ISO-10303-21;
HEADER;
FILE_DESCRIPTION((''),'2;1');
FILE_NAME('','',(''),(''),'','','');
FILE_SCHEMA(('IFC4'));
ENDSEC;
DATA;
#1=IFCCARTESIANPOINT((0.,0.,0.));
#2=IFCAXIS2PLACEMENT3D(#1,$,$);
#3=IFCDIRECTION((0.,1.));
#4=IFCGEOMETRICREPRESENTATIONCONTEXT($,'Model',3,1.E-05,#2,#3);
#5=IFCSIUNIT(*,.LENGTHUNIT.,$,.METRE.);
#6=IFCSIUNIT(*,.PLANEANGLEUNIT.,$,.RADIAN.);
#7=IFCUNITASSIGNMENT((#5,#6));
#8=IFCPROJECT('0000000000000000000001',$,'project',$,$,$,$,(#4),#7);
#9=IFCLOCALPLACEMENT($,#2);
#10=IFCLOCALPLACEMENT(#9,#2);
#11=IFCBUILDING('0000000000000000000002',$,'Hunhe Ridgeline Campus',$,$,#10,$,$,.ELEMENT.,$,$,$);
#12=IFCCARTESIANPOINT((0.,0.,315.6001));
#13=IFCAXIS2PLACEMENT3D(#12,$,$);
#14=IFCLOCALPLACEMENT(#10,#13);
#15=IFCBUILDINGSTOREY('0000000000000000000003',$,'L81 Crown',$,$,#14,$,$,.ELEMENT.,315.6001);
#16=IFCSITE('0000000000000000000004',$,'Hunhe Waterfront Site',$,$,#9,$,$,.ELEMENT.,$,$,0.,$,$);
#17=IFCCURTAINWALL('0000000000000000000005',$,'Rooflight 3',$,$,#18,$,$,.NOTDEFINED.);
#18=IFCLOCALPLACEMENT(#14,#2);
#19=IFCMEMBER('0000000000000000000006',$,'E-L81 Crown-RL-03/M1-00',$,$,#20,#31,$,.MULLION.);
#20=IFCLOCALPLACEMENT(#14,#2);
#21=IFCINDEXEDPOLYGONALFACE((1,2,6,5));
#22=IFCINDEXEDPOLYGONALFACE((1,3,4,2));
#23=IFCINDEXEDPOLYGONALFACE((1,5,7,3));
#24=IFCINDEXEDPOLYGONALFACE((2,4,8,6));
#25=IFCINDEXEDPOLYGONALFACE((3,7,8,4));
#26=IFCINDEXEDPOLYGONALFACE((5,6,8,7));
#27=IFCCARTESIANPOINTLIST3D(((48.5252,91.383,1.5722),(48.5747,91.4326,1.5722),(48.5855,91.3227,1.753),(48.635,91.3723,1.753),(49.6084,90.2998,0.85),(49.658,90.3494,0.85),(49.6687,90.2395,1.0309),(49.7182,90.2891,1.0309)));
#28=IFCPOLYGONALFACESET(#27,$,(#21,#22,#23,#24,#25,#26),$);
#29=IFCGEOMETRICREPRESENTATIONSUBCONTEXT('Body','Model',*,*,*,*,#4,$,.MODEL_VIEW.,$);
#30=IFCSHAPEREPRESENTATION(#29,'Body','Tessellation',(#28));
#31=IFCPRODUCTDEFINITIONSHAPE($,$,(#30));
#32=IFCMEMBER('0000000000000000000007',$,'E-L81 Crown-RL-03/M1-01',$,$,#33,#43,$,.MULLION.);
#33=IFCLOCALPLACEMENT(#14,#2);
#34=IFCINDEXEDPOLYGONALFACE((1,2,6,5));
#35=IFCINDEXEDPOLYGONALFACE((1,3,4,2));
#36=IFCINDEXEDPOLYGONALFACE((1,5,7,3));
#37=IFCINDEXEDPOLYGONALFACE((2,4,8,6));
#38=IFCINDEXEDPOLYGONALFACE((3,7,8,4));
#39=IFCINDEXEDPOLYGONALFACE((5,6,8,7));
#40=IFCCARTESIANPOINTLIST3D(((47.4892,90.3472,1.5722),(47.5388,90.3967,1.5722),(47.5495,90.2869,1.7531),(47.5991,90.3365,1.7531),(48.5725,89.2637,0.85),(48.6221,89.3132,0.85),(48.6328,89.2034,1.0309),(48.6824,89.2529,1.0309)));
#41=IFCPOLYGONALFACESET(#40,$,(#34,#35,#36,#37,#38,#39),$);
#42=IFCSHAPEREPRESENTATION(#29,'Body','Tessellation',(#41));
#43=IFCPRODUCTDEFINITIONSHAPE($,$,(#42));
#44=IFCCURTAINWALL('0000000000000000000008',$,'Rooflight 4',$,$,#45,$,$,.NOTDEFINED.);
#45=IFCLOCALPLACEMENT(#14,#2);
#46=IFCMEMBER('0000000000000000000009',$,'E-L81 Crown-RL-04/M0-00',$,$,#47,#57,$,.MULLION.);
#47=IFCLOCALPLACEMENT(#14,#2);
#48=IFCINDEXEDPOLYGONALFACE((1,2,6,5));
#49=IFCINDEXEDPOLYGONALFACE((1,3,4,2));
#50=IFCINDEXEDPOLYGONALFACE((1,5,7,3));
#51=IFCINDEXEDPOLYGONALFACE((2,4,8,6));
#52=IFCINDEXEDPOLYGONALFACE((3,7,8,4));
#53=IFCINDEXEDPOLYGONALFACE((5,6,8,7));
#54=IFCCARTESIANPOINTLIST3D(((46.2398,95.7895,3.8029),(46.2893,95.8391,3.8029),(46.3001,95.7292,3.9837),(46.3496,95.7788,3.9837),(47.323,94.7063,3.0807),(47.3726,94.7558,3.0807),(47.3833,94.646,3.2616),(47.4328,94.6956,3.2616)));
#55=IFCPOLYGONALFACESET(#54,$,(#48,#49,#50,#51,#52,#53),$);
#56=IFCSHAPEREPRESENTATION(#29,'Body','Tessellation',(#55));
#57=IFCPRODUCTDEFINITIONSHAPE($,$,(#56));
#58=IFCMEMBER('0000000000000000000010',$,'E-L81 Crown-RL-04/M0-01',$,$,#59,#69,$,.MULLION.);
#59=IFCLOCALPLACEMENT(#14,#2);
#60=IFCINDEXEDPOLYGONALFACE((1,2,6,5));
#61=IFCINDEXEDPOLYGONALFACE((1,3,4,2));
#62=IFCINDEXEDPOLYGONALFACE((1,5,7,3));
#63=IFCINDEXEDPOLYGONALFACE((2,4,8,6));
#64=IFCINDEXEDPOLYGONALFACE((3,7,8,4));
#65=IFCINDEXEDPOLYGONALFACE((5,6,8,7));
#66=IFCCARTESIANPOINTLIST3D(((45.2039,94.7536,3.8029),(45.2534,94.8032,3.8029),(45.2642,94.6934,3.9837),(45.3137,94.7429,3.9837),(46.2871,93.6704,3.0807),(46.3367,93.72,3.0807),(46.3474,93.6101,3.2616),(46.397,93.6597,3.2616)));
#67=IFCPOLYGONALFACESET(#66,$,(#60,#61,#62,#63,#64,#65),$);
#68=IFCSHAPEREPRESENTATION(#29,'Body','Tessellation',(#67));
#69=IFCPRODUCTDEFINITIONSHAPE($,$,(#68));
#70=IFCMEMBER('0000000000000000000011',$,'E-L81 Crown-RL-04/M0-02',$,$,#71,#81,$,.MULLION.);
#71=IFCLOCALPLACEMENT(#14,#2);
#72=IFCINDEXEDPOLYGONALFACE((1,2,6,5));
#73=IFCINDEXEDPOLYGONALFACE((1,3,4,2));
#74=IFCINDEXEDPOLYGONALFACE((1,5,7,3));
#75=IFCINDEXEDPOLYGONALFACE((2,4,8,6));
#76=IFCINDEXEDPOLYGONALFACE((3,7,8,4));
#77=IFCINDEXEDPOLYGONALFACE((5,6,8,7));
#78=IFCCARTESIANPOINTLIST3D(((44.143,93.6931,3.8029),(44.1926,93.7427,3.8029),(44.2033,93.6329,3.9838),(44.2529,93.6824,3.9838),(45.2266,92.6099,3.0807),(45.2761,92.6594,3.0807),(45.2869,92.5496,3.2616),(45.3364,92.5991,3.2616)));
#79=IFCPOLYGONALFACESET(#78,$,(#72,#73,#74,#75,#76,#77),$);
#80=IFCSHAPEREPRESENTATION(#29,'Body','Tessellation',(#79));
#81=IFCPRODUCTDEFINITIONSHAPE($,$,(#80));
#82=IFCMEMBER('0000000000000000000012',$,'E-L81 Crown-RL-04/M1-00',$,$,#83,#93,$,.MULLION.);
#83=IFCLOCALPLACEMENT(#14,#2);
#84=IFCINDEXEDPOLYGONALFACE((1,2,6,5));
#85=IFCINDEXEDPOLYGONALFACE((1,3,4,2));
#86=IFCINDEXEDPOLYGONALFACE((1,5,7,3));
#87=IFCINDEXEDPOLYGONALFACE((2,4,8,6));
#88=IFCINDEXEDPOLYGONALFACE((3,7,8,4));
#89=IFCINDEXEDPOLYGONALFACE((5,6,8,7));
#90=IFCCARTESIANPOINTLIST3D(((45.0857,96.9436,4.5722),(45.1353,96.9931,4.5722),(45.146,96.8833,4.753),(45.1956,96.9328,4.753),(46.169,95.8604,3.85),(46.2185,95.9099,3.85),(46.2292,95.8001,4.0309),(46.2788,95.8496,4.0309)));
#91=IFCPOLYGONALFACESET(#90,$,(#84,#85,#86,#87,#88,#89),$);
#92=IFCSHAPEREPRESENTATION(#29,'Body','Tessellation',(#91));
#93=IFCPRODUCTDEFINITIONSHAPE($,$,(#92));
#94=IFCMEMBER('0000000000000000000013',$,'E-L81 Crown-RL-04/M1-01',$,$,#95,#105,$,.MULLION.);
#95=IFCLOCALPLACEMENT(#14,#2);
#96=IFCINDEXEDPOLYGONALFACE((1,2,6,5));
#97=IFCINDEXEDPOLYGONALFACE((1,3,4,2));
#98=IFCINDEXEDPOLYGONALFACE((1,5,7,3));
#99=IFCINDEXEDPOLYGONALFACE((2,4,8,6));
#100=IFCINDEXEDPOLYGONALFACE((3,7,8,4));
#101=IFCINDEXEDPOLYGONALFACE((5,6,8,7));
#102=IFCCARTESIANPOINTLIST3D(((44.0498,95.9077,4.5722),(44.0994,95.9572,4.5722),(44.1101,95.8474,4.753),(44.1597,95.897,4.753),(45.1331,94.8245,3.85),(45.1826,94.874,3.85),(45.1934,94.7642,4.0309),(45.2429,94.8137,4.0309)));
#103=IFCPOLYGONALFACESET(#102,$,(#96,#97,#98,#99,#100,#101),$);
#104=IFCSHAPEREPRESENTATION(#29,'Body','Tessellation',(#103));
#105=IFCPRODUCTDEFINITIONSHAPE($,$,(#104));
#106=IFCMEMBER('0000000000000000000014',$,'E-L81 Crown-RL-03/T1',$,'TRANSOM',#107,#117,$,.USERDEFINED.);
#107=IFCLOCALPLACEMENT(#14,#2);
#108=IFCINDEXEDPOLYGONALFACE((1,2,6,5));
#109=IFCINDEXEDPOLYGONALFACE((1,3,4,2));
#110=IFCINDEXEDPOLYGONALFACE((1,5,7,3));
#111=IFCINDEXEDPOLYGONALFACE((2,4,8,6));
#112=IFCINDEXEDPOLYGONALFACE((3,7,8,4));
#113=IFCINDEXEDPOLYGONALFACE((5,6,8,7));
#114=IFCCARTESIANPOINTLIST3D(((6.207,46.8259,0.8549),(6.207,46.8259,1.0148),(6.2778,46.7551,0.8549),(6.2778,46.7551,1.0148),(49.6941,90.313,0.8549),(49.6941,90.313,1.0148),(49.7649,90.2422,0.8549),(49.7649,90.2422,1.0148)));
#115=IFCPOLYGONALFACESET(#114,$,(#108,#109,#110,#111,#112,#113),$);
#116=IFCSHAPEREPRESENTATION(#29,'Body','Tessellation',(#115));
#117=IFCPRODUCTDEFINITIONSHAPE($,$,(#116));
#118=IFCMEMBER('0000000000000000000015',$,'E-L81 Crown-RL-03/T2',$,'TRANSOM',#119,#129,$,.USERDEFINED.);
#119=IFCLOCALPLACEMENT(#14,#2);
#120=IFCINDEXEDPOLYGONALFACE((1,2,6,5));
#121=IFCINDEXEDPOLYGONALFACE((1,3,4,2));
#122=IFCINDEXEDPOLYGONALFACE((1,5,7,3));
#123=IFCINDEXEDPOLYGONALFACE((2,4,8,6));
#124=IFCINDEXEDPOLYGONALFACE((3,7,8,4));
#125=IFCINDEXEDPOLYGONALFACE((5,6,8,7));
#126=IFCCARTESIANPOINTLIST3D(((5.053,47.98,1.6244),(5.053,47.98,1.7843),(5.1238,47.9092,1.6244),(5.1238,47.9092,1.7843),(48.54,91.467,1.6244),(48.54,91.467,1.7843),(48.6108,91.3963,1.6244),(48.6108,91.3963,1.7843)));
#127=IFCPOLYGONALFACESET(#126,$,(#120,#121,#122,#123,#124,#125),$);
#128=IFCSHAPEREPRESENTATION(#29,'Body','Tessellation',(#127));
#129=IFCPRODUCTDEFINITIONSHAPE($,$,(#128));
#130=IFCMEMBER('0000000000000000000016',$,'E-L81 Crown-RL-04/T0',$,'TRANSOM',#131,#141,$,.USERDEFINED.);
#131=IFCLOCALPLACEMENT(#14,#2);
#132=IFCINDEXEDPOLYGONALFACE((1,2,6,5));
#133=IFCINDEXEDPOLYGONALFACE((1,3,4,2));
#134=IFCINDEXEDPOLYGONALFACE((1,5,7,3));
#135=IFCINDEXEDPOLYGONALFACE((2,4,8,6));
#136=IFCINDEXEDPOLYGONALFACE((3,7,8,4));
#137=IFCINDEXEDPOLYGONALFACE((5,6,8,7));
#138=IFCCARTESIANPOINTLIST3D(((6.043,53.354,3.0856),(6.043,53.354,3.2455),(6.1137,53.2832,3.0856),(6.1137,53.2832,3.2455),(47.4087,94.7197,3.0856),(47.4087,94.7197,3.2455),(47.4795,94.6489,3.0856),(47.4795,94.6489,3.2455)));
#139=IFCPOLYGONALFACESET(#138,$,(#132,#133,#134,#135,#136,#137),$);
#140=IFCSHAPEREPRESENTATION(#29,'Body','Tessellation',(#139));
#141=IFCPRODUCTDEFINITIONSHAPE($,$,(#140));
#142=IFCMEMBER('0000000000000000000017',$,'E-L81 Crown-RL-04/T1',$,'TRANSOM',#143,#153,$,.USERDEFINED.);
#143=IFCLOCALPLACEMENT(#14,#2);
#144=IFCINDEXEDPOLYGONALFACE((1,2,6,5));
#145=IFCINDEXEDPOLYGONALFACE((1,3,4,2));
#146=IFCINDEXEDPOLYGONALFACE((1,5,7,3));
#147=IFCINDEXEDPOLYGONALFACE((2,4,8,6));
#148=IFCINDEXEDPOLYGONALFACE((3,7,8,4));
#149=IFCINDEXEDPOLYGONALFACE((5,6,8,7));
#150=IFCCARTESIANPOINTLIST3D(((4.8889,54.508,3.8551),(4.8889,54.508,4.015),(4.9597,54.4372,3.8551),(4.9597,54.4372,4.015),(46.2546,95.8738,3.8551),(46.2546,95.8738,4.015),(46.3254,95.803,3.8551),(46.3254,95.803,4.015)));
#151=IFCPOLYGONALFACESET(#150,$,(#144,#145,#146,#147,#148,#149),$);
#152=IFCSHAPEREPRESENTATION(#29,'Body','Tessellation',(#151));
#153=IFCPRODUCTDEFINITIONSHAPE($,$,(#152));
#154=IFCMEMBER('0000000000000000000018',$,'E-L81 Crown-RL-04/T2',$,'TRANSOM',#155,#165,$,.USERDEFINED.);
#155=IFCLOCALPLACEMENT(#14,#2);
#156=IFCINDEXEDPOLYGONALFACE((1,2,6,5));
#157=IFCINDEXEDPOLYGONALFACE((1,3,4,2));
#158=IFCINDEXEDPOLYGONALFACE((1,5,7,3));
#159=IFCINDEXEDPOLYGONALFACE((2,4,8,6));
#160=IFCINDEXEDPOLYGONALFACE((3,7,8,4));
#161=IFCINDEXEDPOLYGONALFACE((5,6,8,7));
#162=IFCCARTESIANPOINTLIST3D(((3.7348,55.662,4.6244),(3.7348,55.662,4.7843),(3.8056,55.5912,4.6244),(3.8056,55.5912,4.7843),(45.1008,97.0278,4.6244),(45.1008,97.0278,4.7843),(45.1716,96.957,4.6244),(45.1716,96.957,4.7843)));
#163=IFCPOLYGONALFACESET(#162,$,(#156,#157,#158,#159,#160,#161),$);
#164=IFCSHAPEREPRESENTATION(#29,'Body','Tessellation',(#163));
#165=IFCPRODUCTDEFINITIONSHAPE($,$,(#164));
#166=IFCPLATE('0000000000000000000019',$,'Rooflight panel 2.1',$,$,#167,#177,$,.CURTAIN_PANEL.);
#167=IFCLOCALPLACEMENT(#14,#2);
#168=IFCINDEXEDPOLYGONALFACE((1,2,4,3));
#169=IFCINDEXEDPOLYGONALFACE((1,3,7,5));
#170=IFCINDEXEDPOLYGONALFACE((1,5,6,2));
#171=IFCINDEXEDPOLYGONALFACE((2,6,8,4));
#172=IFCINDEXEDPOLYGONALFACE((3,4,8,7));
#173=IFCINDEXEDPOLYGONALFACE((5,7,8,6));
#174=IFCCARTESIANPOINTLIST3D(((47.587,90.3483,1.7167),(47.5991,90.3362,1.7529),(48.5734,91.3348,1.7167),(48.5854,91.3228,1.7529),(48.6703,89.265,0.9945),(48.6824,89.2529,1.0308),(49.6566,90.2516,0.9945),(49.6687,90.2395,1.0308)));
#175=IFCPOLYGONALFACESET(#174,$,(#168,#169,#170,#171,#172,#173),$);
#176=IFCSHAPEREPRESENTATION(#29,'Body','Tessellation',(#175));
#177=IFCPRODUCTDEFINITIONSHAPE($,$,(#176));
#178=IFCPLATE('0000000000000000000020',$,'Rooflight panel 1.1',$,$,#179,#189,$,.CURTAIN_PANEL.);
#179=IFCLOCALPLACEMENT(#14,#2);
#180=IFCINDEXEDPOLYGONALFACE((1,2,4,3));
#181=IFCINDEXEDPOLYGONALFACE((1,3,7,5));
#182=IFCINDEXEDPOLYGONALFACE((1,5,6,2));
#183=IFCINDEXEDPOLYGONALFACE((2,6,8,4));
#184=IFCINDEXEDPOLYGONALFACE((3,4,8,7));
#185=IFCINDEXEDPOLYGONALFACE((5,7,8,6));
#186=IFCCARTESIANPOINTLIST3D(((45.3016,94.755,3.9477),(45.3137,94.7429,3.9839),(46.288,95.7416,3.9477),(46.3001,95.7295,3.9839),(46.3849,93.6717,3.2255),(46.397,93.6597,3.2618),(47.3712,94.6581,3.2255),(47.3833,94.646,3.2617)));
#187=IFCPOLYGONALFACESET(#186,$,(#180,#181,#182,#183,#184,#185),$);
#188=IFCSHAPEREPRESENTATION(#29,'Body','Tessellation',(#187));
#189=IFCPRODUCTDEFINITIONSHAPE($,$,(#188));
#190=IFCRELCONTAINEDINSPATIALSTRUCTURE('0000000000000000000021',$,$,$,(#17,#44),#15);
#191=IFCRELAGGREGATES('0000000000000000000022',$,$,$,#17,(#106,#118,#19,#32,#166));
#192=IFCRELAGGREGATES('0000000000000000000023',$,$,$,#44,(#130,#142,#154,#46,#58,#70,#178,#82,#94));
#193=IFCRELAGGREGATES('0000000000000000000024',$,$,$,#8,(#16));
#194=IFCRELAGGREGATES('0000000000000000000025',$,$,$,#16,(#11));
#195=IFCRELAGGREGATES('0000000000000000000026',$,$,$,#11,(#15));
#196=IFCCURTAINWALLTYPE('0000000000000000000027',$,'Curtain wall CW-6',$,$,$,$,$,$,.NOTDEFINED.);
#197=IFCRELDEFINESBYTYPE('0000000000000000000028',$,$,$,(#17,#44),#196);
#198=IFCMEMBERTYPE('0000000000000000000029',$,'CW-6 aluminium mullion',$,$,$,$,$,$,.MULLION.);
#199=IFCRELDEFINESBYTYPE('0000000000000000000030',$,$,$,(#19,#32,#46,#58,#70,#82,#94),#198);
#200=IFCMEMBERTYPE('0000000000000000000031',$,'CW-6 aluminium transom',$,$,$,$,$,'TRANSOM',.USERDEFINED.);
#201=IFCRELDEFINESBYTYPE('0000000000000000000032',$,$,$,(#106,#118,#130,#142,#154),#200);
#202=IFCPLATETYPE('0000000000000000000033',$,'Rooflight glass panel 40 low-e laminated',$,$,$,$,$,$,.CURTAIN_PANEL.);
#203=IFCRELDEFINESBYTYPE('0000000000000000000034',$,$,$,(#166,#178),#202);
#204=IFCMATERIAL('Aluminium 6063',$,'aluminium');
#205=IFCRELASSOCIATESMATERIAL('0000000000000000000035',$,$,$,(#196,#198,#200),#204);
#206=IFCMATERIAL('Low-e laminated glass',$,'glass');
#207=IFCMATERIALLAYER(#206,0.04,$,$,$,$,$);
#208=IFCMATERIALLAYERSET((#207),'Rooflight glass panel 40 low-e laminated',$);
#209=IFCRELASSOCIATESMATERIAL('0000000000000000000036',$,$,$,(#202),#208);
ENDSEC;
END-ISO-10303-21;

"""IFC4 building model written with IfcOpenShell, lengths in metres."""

from ifc_helpers import new_model, si_unit, direction, frame, origin, origin_2d, place, context, subcontext, project, spatial, polyline, rectangle, outline, extrude, material, layer, layer_set, material_profile, profile_set, type_object, element, aggregate, save


model = new_model("IFC4")

# Units and contexts
model_context = context("Model", 3, precision=1e-05, world=origin(), true_north=direction((0.0, 1.0)))
body_context = subcontext(model_context, "Body", "Model", "MODEL_VIEW")
ifc_project = project(units=[si_unit("LENGTHUNIT", "METRE"), si_unit("PLANEANGLEUNIT", "RADIAN")], contexts=[model_context])

# Site, building, storey
site_placement = place(None, origin())
site = spatial("IfcSite", under=ifc_project, at=site_placement, Name="Hunhe Waterfront Site", CompositionType="ELEMENT", RefElevation=0.0)
building_placement = place(site_placement, origin())
building = spatial("IfcBuilding", under=site, at=building_placement, Name="Hunhe Ridgeline Campus", CompositionType="ELEMENT")
storey_placement = place(building_placement, frame((0.0, 0.0, 315.6001)))
storey = spatial("IfcBuildingStorey", under=building, at=storey_placement, Name="L81 Crown", CompositionType="ELEMENT", Elevation=315.6001)

# Curtain walls, members
ifc_material_1 = material(Name="Aluminium 6063", Category="aluminium")
curtain_wall_type = type_object("IfcCurtainWallType", Name="Curtain wall CW-6", PredefinedType="NOTDEFINED", material=ifc_material_1)
curtain_wall_1_placement = place(storey_placement, origin())
curtain_wall_1 = element("IfcCurtainWall", 1, at=curtain_wall_1_placement, inside=storey, type_object=curtain_wall_type, Name="Rooflight 3", PredefinedType="NOTDEFINED")
ifc_material_profile_1 = material_profile(ifc_material_1, rectangle(XDim=0.0701, YDim=0.2, at=origin_2d()))
ifc_profile_set_1 = profile_set([ifc_material_profile_1], Name="Aluminium 6063")
member_type_1 = type_object("IfcMemberType", Name="CW-6 aluminium mullion", PredefinedType="MULLION", material=ifc_profile_set_1)
member_1_placement = place(storey_placement, frame((49.6633, 90.2944, 0.9404), z_axis=(-0.639602, 0.639602, 0.426401), x_axis=(-0.707107, -0.707107, 0.0)))
member_1 = element("IfcMember", 2, at=member_1_placement, type_object=member_type_1, Name="E-L81 Crown-RL-03/M1-00", PredefinedType="MULLION", context=body_context, shape_type="SweptSolid", body=[
    extrude(rectangle(XDim=0.0701, YDim=0.2, at=origin_2d()), origin(), (0.0, 0.0, 1.0), 1.6936),
])
member_2_placement = place(storey_placement, frame((48.6274, 89.2583, 0.9404), z_axis=(-0.639543, 0.639687, 0.426362), x_axis=(-0.707186, -0.707027, 0.0)))
member_2 = element("IfcMember", 3, at=member_2_placement, type_object=member_type_1, Name="E-L81 Crown-RL-03/M1-01", PredefinedType="MULLION", context=body_context, shape_type="SweptSolid", body=[
    extrude(rectangle(XDim=0.0701, YDim=0.2, at=origin_2d()), origin(), (0.0, 0.0, 1.0), 1.6938),
])
curtain_wall_2_placement = place(storey_placement, origin())
curtain_wall_2 = element("IfcCurtainWall", 4, at=curtain_wall_2_placement, inside=storey, type_object=curtain_wall_type, Name="Rooflight 4", PredefinedType="NOTDEFINED")
member_3_placement = place(storey_placement, frame((47.3779, 94.7009, 3.1711), z_axis=(-0.639602, 0.639602, 0.426401), x_axis=(-0.707107, -0.707107, 0.0)))
member_3 = element("IfcMember", 5, at=member_3_placement, type_object=member_type_1, Name="E-L81 Crown-RL-04/M0-00", PredefinedType="MULLION", context=body_context, shape_type="SweptSolid", body=[
    extrude(rectangle(XDim=0.0701, YDim=0.2, at=origin_2d()), origin(), (0.0, 0.0, 1.0), 1.6936),
])
member_4_placement = place(storey_placement, frame((46.342, 93.665, 3.1711), z_axis=(-0.639602, 0.639602, 0.426401), x_axis=(-0.707107, -0.707107, 0.0)))
member_4 = element("IfcMember", 6, at=member_4_placement, type_object=member_type_1, Name="E-L81 Crown-RL-04/M0-01", PredefinedType="MULLION", context=body_context, shape_type="SweptSolid", body=[
    extrude(rectangle(XDim=0.0701, YDim=0.2, at=origin_2d()), origin(), (0.0, 0.0, 1.0), 1.6936),
])
member_5_placement = place(storey_placement, frame((45.2815, 92.6045, 3.1711), z_axis=(-0.639687, 0.639543, 0.426362), x_axis=(-0.707027, -0.707186, 0.0)))
member_5 = element("IfcMember", 7, at=member_5_placement, type_object=member_type_1, Name="E-L81 Crown-RL-04/M0-02", PredefinedType="MULLION", context=body_context, shape_type="SweptSolid", body=[
    extrude(rectangle(XDim=0.0701, YDim=0.2, at=origin_2d()), origin(), (0.0, 0.0, 1.0), 1.6938),
])
member_6_placement = place(storey_placement, frame((46.2239, 95.855, 3.9404), z_axis=(-0.639602, 0.639602, 0.426401), x_axis=(-0.707107, -0.707107, 0.0)))
member_6 = element("IfcMember", 8, at=member_6_placement, type_object=member_type_1, Name="E-L81 Crown-RL-04/M1-00", PredefinedType="MULLION", context=body_context, shape_type="SweptSolid", body=[
    extrude(rectangle(XDim=0.0701, YDim=0.2, at=origin_2d()), origin(), (0.0, 0.0, 1.0), 1.6936),
])
member_7_placement = place(storey_placement, frame((45.188, 94.8191, 3.9404), z_axis=(-0.639602, 0.639602, 0.426401), x_axis=(-0.707107, -0.707107, 0.0)))
member_7 = element("IfcMember", 9, at=member_7_placement, type_object=member_type_1, Name="E-L81 Crown-RL-04/M1-01", PredefinedType="MULLION", context=body_context, shape_type="SweptSolid", body=[
    extrude(rectangle(XDim=0.0701, YDim=0.2, at=origin_2d()), origin(), (0.0, 0.0, 1.0), 1.6936),
])

# Members
ifc_material_profile_2 = material_profile(ifc_material_1, rectangle(XDim=0.1001, YDim=0.1599, at=origin_2d()))
ifc_profile_set_2 = profile_set([ifc_material_profile_2], Name="Aluminium 6063")
member_type_2 = type_object("IfcMemberType", Name="CW-6 aluminium transom", ElementType="TRANSOM", PredefinedType="USERDEFINED", material=ifc_profile_set_2)
member_8_placement = place(storey_placement, frame((49.7295, 90.2776, 0.9348), z_axis=(-0.707107, -0.707107, 0.0), x_axis=(0.707107, -0.707107, 0.0)))
member_8 = element("IfcMember", 10, at=member_8_placement, type_object=member_type_2, Name="E-L81 Crown-RL-03/T1", ObjectType="TRANSOM", PredefinedType="USERDEFINED", context=body_context, shape_type="SweptSolid", body=[
    extrude(rectangle(XDim=0.1001, YDim=0.1599, at=origin_2d()), origin(), (0.0, 0.0, 1.0), 61.5),
])
member_9_placement = place(storey_placement, frame((48.5754, 91.4316, 1.7043), z_axis=(-0.707107, -0.707107, 0.0), x_axis=(0.707107, -0.707107, 0.0)))
member_9 = element("IfcMember", 11, at=member_9_placement, type_object=member_type_2, Name="E-L81 Crown-RL-03/T2", ObjectType="TRANSOM", PredefinedType="USERDEFINED", context=body_context, shape_type="SweptSolid", body=[
    extrude(rectangle(XDim=0.1001, YDim=0.1599, at=origin_2d()), origin(), (0.0, 0.0, 1.0), 61.5),
])
member_10_placement = place(storey_placement, frame((47.4441, 94.6843, 3.1655), z_axis=(-0.707107, -0.707107, 0.0), x_axis=(0.707107, -0.707107, 0.0)))
member_10 = element("IfcMember", 12, at=member_10_placement, type_object=member_type_2, Name="E-L81 Crown-RL-04/T0", ObjectType="TRANSOM", PredefinedType="USERDEFINED", context=body_context, shape_type="SweptSolid", body=[
    extrude(rectangle(XDim=0.1001, YDim=0.1599, at=origin_2d()), origin(), (0.0, 0.0, 1.0), 58.5),
])
member_11_placement = place(storey_placement, frame((46.29, 95.8384, 3.9351), z_axis=(-0.707107, -0.707107, 0.0), x_axis=(0.707107, -0.707107, 0.0)))
member_11 = element("IfcMember", 13, at=member_11_placement, type_object=member_type_2, Name="E-L81 Crown-RL-04/T1", ObjectType="TRANSOM", PredefinedType="USERDEFINED", context=body_context, shape_type="SweptSolid", body=[
    extrude(rectangle(XDim=0.1001, YDim=0.1599, at=origin_2d()), origin(), (0.0, 0.0, 1.0), 58.5),
])
member_12_placement = place(storey_placement, frame((45.1362, 96.9924, 4.7043), z_axis=(-0.707109, -0.707105, 0.0), x_axis=(0.707105, -0.707109, 0.0)))
member_12 = element("IfcMember", 14, at=member_12_placement, type_object=member_type_2, Name="E-L81 Crown-RL-04/T2", ObjectType="TRANSOM", PredefinedType="USERDEFINED", context=body_context, shape_type="SweptSolid", body=[
    extrude(rectangle(XDim=0.1001, YDim=0.1599, at=origin_2d()), origin(), (0.0, 0.0, 1.0), 58.5002),
])

# Plates
ifc_material_2 = material(Name="Low-e laminated glass", Category="glass")
ifc_layer_1 = layer(ifc_material_2, 0.04)
ifc_layer_set_1 = layer_set([ifc_layer_1], Name="Rooflight glass panel 40 low-e laminated")
plate_type = type_object("IfcPlateType", Name="Rooflight glass panel 40 low-e laminated", PredefinedType="CURTAIN_PANEL", material=ifc_layer_set_1)
plate_1_placement = place(storey_placement, frame((49.6687, 90.2395, 1.0308), z_axis=(0.301549, -0.301474, 0.904534), x_axis=(-0.639602, 0.639602, 0.426401)))
plate_1 = element("IfcPlate", 15, at=plate_1_placement, type_object=plate_type, Name="Rooflight panel 2.1", PredefinedType="CURTAIN_PANEL", context=body_context, shape_type="SweptSolid", body=[
    extrude(outline(polyline([(0.0, 0.0), (1.6936, 0.0), (1.6935, 1.3951), (-0.0002, 1.3951), (0.0, 0.0)])), origin(), (0.0, 0.0, -1.0), 0.04),
])
aggregate(curtain_wall_1, [member_8, member_9, member_1, member_2, plate_1])
plate_2_placement = place(storey_placement, frame((47.3833, 94.646, 3.2617), z_axis=(0.301516, -0.301479, 0.904543), x_axis=(-0.639537, 0.639681, 0.426382)))
plate_2 = element("IfcPlate", 16, at=plate_2_placement, type_object=plate_type, Name="Rooflight panel 1.1", PredefinedType="CURTAIN_PANEL", context=body_context, shape_type="SweptSolid", body=[
    extrude(outline(polyline([(0.0, 0.0), (1.6938, 0.0), (1.6935, 1.3951), (-0.0001, 1.3949), (0.0, 0.0)])), origin(), (0.0, 0.0, -1.0), 0.04),
])
aggregate(curtain_wall_2, [member_10, member_11, member_12, member_3, member_4, member_5, plate_2, member_6, member_7])

save(model, "model.ifc")
